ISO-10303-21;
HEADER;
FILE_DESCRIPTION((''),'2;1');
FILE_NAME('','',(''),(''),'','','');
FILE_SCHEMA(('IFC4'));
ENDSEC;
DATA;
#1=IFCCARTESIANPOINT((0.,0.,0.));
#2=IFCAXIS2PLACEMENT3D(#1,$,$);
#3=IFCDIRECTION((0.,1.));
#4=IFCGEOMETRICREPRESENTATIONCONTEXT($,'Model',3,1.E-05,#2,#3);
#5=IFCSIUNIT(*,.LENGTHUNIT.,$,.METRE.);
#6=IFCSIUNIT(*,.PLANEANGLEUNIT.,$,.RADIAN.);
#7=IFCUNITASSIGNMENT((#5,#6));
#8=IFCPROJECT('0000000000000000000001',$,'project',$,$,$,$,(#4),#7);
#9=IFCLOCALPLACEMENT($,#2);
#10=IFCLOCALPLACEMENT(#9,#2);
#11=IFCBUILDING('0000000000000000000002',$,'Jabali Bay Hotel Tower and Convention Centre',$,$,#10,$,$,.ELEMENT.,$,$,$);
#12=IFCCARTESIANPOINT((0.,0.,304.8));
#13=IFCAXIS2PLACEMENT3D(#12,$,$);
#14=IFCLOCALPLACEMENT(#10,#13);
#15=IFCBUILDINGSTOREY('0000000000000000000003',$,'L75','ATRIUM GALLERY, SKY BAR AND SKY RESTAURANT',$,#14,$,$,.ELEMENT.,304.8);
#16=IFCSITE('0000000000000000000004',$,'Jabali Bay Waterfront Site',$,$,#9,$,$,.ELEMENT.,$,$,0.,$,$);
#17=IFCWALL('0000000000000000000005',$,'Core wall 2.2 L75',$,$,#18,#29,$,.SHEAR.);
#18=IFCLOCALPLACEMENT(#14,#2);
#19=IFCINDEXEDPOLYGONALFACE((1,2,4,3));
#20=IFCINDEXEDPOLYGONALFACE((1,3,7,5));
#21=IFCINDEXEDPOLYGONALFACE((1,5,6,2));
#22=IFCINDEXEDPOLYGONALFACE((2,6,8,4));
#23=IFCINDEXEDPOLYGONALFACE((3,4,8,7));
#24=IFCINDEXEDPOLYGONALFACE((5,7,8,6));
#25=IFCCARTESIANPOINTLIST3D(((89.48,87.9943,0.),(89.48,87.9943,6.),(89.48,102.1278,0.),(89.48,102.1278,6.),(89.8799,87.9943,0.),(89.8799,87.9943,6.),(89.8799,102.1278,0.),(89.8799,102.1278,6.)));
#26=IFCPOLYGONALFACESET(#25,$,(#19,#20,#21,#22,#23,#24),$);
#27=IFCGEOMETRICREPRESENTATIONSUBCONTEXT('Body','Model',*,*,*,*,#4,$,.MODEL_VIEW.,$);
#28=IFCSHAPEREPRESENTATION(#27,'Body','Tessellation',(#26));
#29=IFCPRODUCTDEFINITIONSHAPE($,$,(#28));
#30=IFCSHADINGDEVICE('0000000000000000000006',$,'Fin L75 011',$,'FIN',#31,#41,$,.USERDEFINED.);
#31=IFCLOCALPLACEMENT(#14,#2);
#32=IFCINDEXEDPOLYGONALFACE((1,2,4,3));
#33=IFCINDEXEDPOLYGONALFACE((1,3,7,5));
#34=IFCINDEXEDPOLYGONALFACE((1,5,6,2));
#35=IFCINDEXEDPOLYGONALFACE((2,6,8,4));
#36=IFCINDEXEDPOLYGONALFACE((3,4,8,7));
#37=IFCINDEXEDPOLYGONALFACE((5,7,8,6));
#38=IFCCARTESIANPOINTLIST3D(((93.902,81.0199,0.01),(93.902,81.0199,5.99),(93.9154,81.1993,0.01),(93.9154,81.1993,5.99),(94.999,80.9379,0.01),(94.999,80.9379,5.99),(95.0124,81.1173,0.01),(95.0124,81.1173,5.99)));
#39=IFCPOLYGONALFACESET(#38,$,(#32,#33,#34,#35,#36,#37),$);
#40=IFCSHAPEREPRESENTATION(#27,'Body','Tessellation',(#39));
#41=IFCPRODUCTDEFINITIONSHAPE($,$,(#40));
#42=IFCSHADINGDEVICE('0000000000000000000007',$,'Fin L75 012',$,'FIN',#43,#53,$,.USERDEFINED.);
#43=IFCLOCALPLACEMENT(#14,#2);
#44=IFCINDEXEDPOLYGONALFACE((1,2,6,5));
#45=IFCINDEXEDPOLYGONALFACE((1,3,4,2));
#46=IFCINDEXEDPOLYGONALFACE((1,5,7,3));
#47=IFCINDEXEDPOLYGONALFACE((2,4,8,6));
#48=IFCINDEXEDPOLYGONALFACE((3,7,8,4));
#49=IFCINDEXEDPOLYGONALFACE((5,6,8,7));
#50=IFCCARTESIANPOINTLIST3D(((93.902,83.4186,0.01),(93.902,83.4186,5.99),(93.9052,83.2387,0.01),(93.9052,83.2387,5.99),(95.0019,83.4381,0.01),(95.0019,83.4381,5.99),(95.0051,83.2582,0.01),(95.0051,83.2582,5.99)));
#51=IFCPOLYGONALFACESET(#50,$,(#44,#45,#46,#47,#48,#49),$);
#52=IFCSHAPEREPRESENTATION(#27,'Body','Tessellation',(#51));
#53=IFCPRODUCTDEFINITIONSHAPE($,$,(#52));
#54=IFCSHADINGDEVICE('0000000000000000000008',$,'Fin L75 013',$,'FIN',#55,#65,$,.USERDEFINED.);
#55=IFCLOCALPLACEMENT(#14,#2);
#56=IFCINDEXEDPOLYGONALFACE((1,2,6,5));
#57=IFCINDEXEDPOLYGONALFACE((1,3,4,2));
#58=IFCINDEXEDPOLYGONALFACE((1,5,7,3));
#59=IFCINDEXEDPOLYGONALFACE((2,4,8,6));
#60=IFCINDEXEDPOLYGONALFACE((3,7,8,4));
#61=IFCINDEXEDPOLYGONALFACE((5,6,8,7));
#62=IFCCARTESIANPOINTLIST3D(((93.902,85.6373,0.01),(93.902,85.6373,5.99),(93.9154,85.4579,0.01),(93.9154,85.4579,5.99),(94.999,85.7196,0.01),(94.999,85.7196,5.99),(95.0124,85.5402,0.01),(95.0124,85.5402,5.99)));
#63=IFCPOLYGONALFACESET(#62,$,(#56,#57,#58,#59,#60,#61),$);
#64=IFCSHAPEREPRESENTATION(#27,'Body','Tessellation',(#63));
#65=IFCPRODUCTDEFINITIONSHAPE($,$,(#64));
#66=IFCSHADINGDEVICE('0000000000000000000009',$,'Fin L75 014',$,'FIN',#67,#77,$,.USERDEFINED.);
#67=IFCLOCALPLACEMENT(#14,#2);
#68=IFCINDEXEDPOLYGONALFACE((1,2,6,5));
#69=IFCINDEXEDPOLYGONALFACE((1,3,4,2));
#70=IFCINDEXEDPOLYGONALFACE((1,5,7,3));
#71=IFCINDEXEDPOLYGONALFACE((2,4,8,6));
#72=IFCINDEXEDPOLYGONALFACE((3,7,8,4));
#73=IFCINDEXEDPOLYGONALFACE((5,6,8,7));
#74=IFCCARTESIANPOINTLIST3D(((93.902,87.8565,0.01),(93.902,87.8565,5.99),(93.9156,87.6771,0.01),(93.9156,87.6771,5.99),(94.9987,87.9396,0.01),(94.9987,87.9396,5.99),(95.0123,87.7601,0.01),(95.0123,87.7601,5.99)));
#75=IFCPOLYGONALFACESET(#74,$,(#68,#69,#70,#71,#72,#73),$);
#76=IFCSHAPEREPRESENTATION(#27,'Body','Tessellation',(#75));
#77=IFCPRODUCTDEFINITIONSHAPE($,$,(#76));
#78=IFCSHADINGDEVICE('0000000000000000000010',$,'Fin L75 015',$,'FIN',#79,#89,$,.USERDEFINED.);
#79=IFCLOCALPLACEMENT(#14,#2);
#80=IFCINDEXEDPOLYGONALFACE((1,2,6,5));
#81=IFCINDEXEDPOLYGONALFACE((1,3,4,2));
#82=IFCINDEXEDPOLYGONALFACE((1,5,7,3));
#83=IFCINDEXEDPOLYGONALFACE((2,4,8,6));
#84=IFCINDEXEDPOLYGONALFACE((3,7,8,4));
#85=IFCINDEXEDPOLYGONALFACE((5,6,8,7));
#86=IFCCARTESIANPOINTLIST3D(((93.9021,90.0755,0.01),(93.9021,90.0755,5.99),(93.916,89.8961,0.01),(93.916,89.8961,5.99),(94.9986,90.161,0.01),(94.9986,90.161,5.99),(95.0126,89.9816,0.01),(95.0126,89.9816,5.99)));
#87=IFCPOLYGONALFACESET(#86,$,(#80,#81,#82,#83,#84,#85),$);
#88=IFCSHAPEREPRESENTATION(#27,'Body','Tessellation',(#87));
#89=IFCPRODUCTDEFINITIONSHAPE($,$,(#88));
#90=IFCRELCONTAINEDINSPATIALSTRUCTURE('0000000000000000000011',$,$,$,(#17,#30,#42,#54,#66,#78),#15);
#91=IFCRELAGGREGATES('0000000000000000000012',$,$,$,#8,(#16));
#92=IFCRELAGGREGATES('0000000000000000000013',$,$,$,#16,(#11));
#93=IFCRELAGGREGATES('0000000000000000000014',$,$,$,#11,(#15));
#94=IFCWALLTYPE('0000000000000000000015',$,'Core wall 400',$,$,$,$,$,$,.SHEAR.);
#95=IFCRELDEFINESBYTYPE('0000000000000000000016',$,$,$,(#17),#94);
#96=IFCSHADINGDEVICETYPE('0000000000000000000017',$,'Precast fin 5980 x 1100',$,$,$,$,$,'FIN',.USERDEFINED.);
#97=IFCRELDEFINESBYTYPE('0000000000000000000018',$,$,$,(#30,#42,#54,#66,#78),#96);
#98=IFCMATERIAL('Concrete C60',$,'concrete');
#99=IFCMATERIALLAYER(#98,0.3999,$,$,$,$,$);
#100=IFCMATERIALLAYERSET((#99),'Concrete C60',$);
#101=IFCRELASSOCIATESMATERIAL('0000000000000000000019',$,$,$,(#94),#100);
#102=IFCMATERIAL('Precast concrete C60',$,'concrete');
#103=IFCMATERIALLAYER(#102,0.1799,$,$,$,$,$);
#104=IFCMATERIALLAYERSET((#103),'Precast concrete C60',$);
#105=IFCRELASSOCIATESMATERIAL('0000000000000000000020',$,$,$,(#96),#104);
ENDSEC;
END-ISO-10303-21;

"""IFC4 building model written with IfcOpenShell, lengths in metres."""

from ifc_helpers import new_model, si_unit, direction, frame, frame_2d, origin, place, context, subcontext, project, spatial, rectangle, extrude, material, layer, layer_set, type_object, element, save


model = new_model("IFC4")

# Units and contexts
model_context = context("Model", 3, precision=1e-05, world=origin(), true_north=direction((0.0, 1.0)))
body_context = subcontext(model_context, "Body", "Model", "MODEL_VIEW")
ifc_project = project(units=[si_unit("LENGTHUNIT", "METRE"), si_unit("PLANEANGLEUNIT", "RADIAN")], contexts=[model_context])

# Site, building, storey
site_placement = place(None, origin())
site = spatial("IfcSite", under=ifc_project, at=site_placement, Name="Jabali Bay Waterfront Site", CompositionType="ELEMENT", RefElevation=0.0)
building_placement = place(site_placement, origin())
building = spatial("IfcBuilding", under=site, at=building_placement, Name="Jabali Bay Hotel Tower and Convention Centre", CompositionType="ELEMENT")
storey_placement = place(building_placement, frame((0.0, 0.0, 304.8)))
storey = spatial("IfcBuildingStorey", under=building, at=storey_placement, Name="L75", Description="ATRIUM GALLERY, SKY BAR AND SKY RESTAURANT", CompositionType="ELEMENT", Elevation=304.8)

# Shared definitions
ifc_material_1 = material(Name="Concrete C60", Category="concrete")

# Shared definitions
ifc_layer_1 = layer(ifc_material_1, 0.3999)
ifc_layer_set_1 = layer_set([ifc_layer_1], Name="Concrete C60")
wall_type_1 = type_object("IfcWallType", Name="Core wall 400", PredefinedType="SHEAR", material=ifc_layer_set_1)

# Wall
wall_1_placement = place(storey_placement, frame((89.6799, 87.9941, 0.0), z_axis=(0.0, 0.0, 1.0), x_axis=(0.0, 1.0, 0.0)))
element("IfcWall", 1, at=wall_1_placement, inside=storey, type_object=wall_type_1, Name="Core wall 2.2 L75", PredefinedType="SHEAR", context=body_context, shape_type="SweptSolid", body=[
    extrude(rectangle(XDim=14.1335, YDim=0.3999, at=frame_2d((7.0669, 0.0))), origin(), (0.0, 0.0, 1.0), 6.0),
])

# Shading devices
ifc_material_2 = material(Name="Precast concrete C60", Category="concrete")
ifc_layer_2 = layer(ifc_material_2, 0.1799)
ifc_layer_set_2 = layer_set([ifc_layer_2], Name="Precast concrete C60")
shading_device_type = type_object("IfcShadingDeviceType", Name="Precast fin 5980 x 1100", ElementType="FIN", PredefinedType="USERDEFINED", material=ifc_layer_set_2)
for number, where, z_axis, x_axis, name in (
    (2, (93.9087, 81.1096, 0.01), (0.0, 0.0, 1.0), (0.997215, -0.074575, 0.0), "Fin L75 011"),
    (3, (93.9036, 83.3286, 0.01), (0.0, 0.0, 1.0), (0.999842, 0.017755, 0.0), "Fin L75 012"),
    (4, (93.9087, 85.5476, 0.01), (0.0, 0.0, 1.0), (0.997199, 0.074795, 0.0), "Fin L75 013"),
):
    element("IfcShadingDevice", number, at=place(storey_placement, frame(where, z_axis=z_axis, x_axis=x_axis)), inside=storey, type_object=shading_device_type, Name=name, ObjectType="FIN", PredefinedType="USERDEFINED", context=body_context, shape_type="SweptSolid", body=[
        extrude(rectangle(XDim=1.1001, YDim=0.1799, at=frame_2d((0.55, 0.0))), origin(), (0.0, 0.0, 1.0), 5.98),
    ])
for number, where, z_axis, x_axis, name in (
    (5, (93.9089, 87.7668, 0.01), (0.0, 0.0, 1.0), (0.997148, 0.075474, 0.0), "Fin L75 014"),
    (6, (93.9092, 89.9858, 0.01), (0.0, 0.0, 1.0), (0.996977, 0.077698, 0.0), "Fin L75 015"),
):
    element("IfcShadingDevice", number, at=place(storey_placement, frame(where, z_axis=z_axis, x_axis=x_axis)), inside=storey, type_object=shading_device_type, Name=name, ObjectType="FIN", PredefinedType="USERDEFINED", context=body_context, shape_type="SweptSolid", body=[
        extrude(rectangle(XDim=1.0999, YDim=0.1799, at=frame_2d((0.5498, 0.0))), origin(), (0.0, 0.0, 1.0), 5.98),
    ])

save(model, "model.ifc")
